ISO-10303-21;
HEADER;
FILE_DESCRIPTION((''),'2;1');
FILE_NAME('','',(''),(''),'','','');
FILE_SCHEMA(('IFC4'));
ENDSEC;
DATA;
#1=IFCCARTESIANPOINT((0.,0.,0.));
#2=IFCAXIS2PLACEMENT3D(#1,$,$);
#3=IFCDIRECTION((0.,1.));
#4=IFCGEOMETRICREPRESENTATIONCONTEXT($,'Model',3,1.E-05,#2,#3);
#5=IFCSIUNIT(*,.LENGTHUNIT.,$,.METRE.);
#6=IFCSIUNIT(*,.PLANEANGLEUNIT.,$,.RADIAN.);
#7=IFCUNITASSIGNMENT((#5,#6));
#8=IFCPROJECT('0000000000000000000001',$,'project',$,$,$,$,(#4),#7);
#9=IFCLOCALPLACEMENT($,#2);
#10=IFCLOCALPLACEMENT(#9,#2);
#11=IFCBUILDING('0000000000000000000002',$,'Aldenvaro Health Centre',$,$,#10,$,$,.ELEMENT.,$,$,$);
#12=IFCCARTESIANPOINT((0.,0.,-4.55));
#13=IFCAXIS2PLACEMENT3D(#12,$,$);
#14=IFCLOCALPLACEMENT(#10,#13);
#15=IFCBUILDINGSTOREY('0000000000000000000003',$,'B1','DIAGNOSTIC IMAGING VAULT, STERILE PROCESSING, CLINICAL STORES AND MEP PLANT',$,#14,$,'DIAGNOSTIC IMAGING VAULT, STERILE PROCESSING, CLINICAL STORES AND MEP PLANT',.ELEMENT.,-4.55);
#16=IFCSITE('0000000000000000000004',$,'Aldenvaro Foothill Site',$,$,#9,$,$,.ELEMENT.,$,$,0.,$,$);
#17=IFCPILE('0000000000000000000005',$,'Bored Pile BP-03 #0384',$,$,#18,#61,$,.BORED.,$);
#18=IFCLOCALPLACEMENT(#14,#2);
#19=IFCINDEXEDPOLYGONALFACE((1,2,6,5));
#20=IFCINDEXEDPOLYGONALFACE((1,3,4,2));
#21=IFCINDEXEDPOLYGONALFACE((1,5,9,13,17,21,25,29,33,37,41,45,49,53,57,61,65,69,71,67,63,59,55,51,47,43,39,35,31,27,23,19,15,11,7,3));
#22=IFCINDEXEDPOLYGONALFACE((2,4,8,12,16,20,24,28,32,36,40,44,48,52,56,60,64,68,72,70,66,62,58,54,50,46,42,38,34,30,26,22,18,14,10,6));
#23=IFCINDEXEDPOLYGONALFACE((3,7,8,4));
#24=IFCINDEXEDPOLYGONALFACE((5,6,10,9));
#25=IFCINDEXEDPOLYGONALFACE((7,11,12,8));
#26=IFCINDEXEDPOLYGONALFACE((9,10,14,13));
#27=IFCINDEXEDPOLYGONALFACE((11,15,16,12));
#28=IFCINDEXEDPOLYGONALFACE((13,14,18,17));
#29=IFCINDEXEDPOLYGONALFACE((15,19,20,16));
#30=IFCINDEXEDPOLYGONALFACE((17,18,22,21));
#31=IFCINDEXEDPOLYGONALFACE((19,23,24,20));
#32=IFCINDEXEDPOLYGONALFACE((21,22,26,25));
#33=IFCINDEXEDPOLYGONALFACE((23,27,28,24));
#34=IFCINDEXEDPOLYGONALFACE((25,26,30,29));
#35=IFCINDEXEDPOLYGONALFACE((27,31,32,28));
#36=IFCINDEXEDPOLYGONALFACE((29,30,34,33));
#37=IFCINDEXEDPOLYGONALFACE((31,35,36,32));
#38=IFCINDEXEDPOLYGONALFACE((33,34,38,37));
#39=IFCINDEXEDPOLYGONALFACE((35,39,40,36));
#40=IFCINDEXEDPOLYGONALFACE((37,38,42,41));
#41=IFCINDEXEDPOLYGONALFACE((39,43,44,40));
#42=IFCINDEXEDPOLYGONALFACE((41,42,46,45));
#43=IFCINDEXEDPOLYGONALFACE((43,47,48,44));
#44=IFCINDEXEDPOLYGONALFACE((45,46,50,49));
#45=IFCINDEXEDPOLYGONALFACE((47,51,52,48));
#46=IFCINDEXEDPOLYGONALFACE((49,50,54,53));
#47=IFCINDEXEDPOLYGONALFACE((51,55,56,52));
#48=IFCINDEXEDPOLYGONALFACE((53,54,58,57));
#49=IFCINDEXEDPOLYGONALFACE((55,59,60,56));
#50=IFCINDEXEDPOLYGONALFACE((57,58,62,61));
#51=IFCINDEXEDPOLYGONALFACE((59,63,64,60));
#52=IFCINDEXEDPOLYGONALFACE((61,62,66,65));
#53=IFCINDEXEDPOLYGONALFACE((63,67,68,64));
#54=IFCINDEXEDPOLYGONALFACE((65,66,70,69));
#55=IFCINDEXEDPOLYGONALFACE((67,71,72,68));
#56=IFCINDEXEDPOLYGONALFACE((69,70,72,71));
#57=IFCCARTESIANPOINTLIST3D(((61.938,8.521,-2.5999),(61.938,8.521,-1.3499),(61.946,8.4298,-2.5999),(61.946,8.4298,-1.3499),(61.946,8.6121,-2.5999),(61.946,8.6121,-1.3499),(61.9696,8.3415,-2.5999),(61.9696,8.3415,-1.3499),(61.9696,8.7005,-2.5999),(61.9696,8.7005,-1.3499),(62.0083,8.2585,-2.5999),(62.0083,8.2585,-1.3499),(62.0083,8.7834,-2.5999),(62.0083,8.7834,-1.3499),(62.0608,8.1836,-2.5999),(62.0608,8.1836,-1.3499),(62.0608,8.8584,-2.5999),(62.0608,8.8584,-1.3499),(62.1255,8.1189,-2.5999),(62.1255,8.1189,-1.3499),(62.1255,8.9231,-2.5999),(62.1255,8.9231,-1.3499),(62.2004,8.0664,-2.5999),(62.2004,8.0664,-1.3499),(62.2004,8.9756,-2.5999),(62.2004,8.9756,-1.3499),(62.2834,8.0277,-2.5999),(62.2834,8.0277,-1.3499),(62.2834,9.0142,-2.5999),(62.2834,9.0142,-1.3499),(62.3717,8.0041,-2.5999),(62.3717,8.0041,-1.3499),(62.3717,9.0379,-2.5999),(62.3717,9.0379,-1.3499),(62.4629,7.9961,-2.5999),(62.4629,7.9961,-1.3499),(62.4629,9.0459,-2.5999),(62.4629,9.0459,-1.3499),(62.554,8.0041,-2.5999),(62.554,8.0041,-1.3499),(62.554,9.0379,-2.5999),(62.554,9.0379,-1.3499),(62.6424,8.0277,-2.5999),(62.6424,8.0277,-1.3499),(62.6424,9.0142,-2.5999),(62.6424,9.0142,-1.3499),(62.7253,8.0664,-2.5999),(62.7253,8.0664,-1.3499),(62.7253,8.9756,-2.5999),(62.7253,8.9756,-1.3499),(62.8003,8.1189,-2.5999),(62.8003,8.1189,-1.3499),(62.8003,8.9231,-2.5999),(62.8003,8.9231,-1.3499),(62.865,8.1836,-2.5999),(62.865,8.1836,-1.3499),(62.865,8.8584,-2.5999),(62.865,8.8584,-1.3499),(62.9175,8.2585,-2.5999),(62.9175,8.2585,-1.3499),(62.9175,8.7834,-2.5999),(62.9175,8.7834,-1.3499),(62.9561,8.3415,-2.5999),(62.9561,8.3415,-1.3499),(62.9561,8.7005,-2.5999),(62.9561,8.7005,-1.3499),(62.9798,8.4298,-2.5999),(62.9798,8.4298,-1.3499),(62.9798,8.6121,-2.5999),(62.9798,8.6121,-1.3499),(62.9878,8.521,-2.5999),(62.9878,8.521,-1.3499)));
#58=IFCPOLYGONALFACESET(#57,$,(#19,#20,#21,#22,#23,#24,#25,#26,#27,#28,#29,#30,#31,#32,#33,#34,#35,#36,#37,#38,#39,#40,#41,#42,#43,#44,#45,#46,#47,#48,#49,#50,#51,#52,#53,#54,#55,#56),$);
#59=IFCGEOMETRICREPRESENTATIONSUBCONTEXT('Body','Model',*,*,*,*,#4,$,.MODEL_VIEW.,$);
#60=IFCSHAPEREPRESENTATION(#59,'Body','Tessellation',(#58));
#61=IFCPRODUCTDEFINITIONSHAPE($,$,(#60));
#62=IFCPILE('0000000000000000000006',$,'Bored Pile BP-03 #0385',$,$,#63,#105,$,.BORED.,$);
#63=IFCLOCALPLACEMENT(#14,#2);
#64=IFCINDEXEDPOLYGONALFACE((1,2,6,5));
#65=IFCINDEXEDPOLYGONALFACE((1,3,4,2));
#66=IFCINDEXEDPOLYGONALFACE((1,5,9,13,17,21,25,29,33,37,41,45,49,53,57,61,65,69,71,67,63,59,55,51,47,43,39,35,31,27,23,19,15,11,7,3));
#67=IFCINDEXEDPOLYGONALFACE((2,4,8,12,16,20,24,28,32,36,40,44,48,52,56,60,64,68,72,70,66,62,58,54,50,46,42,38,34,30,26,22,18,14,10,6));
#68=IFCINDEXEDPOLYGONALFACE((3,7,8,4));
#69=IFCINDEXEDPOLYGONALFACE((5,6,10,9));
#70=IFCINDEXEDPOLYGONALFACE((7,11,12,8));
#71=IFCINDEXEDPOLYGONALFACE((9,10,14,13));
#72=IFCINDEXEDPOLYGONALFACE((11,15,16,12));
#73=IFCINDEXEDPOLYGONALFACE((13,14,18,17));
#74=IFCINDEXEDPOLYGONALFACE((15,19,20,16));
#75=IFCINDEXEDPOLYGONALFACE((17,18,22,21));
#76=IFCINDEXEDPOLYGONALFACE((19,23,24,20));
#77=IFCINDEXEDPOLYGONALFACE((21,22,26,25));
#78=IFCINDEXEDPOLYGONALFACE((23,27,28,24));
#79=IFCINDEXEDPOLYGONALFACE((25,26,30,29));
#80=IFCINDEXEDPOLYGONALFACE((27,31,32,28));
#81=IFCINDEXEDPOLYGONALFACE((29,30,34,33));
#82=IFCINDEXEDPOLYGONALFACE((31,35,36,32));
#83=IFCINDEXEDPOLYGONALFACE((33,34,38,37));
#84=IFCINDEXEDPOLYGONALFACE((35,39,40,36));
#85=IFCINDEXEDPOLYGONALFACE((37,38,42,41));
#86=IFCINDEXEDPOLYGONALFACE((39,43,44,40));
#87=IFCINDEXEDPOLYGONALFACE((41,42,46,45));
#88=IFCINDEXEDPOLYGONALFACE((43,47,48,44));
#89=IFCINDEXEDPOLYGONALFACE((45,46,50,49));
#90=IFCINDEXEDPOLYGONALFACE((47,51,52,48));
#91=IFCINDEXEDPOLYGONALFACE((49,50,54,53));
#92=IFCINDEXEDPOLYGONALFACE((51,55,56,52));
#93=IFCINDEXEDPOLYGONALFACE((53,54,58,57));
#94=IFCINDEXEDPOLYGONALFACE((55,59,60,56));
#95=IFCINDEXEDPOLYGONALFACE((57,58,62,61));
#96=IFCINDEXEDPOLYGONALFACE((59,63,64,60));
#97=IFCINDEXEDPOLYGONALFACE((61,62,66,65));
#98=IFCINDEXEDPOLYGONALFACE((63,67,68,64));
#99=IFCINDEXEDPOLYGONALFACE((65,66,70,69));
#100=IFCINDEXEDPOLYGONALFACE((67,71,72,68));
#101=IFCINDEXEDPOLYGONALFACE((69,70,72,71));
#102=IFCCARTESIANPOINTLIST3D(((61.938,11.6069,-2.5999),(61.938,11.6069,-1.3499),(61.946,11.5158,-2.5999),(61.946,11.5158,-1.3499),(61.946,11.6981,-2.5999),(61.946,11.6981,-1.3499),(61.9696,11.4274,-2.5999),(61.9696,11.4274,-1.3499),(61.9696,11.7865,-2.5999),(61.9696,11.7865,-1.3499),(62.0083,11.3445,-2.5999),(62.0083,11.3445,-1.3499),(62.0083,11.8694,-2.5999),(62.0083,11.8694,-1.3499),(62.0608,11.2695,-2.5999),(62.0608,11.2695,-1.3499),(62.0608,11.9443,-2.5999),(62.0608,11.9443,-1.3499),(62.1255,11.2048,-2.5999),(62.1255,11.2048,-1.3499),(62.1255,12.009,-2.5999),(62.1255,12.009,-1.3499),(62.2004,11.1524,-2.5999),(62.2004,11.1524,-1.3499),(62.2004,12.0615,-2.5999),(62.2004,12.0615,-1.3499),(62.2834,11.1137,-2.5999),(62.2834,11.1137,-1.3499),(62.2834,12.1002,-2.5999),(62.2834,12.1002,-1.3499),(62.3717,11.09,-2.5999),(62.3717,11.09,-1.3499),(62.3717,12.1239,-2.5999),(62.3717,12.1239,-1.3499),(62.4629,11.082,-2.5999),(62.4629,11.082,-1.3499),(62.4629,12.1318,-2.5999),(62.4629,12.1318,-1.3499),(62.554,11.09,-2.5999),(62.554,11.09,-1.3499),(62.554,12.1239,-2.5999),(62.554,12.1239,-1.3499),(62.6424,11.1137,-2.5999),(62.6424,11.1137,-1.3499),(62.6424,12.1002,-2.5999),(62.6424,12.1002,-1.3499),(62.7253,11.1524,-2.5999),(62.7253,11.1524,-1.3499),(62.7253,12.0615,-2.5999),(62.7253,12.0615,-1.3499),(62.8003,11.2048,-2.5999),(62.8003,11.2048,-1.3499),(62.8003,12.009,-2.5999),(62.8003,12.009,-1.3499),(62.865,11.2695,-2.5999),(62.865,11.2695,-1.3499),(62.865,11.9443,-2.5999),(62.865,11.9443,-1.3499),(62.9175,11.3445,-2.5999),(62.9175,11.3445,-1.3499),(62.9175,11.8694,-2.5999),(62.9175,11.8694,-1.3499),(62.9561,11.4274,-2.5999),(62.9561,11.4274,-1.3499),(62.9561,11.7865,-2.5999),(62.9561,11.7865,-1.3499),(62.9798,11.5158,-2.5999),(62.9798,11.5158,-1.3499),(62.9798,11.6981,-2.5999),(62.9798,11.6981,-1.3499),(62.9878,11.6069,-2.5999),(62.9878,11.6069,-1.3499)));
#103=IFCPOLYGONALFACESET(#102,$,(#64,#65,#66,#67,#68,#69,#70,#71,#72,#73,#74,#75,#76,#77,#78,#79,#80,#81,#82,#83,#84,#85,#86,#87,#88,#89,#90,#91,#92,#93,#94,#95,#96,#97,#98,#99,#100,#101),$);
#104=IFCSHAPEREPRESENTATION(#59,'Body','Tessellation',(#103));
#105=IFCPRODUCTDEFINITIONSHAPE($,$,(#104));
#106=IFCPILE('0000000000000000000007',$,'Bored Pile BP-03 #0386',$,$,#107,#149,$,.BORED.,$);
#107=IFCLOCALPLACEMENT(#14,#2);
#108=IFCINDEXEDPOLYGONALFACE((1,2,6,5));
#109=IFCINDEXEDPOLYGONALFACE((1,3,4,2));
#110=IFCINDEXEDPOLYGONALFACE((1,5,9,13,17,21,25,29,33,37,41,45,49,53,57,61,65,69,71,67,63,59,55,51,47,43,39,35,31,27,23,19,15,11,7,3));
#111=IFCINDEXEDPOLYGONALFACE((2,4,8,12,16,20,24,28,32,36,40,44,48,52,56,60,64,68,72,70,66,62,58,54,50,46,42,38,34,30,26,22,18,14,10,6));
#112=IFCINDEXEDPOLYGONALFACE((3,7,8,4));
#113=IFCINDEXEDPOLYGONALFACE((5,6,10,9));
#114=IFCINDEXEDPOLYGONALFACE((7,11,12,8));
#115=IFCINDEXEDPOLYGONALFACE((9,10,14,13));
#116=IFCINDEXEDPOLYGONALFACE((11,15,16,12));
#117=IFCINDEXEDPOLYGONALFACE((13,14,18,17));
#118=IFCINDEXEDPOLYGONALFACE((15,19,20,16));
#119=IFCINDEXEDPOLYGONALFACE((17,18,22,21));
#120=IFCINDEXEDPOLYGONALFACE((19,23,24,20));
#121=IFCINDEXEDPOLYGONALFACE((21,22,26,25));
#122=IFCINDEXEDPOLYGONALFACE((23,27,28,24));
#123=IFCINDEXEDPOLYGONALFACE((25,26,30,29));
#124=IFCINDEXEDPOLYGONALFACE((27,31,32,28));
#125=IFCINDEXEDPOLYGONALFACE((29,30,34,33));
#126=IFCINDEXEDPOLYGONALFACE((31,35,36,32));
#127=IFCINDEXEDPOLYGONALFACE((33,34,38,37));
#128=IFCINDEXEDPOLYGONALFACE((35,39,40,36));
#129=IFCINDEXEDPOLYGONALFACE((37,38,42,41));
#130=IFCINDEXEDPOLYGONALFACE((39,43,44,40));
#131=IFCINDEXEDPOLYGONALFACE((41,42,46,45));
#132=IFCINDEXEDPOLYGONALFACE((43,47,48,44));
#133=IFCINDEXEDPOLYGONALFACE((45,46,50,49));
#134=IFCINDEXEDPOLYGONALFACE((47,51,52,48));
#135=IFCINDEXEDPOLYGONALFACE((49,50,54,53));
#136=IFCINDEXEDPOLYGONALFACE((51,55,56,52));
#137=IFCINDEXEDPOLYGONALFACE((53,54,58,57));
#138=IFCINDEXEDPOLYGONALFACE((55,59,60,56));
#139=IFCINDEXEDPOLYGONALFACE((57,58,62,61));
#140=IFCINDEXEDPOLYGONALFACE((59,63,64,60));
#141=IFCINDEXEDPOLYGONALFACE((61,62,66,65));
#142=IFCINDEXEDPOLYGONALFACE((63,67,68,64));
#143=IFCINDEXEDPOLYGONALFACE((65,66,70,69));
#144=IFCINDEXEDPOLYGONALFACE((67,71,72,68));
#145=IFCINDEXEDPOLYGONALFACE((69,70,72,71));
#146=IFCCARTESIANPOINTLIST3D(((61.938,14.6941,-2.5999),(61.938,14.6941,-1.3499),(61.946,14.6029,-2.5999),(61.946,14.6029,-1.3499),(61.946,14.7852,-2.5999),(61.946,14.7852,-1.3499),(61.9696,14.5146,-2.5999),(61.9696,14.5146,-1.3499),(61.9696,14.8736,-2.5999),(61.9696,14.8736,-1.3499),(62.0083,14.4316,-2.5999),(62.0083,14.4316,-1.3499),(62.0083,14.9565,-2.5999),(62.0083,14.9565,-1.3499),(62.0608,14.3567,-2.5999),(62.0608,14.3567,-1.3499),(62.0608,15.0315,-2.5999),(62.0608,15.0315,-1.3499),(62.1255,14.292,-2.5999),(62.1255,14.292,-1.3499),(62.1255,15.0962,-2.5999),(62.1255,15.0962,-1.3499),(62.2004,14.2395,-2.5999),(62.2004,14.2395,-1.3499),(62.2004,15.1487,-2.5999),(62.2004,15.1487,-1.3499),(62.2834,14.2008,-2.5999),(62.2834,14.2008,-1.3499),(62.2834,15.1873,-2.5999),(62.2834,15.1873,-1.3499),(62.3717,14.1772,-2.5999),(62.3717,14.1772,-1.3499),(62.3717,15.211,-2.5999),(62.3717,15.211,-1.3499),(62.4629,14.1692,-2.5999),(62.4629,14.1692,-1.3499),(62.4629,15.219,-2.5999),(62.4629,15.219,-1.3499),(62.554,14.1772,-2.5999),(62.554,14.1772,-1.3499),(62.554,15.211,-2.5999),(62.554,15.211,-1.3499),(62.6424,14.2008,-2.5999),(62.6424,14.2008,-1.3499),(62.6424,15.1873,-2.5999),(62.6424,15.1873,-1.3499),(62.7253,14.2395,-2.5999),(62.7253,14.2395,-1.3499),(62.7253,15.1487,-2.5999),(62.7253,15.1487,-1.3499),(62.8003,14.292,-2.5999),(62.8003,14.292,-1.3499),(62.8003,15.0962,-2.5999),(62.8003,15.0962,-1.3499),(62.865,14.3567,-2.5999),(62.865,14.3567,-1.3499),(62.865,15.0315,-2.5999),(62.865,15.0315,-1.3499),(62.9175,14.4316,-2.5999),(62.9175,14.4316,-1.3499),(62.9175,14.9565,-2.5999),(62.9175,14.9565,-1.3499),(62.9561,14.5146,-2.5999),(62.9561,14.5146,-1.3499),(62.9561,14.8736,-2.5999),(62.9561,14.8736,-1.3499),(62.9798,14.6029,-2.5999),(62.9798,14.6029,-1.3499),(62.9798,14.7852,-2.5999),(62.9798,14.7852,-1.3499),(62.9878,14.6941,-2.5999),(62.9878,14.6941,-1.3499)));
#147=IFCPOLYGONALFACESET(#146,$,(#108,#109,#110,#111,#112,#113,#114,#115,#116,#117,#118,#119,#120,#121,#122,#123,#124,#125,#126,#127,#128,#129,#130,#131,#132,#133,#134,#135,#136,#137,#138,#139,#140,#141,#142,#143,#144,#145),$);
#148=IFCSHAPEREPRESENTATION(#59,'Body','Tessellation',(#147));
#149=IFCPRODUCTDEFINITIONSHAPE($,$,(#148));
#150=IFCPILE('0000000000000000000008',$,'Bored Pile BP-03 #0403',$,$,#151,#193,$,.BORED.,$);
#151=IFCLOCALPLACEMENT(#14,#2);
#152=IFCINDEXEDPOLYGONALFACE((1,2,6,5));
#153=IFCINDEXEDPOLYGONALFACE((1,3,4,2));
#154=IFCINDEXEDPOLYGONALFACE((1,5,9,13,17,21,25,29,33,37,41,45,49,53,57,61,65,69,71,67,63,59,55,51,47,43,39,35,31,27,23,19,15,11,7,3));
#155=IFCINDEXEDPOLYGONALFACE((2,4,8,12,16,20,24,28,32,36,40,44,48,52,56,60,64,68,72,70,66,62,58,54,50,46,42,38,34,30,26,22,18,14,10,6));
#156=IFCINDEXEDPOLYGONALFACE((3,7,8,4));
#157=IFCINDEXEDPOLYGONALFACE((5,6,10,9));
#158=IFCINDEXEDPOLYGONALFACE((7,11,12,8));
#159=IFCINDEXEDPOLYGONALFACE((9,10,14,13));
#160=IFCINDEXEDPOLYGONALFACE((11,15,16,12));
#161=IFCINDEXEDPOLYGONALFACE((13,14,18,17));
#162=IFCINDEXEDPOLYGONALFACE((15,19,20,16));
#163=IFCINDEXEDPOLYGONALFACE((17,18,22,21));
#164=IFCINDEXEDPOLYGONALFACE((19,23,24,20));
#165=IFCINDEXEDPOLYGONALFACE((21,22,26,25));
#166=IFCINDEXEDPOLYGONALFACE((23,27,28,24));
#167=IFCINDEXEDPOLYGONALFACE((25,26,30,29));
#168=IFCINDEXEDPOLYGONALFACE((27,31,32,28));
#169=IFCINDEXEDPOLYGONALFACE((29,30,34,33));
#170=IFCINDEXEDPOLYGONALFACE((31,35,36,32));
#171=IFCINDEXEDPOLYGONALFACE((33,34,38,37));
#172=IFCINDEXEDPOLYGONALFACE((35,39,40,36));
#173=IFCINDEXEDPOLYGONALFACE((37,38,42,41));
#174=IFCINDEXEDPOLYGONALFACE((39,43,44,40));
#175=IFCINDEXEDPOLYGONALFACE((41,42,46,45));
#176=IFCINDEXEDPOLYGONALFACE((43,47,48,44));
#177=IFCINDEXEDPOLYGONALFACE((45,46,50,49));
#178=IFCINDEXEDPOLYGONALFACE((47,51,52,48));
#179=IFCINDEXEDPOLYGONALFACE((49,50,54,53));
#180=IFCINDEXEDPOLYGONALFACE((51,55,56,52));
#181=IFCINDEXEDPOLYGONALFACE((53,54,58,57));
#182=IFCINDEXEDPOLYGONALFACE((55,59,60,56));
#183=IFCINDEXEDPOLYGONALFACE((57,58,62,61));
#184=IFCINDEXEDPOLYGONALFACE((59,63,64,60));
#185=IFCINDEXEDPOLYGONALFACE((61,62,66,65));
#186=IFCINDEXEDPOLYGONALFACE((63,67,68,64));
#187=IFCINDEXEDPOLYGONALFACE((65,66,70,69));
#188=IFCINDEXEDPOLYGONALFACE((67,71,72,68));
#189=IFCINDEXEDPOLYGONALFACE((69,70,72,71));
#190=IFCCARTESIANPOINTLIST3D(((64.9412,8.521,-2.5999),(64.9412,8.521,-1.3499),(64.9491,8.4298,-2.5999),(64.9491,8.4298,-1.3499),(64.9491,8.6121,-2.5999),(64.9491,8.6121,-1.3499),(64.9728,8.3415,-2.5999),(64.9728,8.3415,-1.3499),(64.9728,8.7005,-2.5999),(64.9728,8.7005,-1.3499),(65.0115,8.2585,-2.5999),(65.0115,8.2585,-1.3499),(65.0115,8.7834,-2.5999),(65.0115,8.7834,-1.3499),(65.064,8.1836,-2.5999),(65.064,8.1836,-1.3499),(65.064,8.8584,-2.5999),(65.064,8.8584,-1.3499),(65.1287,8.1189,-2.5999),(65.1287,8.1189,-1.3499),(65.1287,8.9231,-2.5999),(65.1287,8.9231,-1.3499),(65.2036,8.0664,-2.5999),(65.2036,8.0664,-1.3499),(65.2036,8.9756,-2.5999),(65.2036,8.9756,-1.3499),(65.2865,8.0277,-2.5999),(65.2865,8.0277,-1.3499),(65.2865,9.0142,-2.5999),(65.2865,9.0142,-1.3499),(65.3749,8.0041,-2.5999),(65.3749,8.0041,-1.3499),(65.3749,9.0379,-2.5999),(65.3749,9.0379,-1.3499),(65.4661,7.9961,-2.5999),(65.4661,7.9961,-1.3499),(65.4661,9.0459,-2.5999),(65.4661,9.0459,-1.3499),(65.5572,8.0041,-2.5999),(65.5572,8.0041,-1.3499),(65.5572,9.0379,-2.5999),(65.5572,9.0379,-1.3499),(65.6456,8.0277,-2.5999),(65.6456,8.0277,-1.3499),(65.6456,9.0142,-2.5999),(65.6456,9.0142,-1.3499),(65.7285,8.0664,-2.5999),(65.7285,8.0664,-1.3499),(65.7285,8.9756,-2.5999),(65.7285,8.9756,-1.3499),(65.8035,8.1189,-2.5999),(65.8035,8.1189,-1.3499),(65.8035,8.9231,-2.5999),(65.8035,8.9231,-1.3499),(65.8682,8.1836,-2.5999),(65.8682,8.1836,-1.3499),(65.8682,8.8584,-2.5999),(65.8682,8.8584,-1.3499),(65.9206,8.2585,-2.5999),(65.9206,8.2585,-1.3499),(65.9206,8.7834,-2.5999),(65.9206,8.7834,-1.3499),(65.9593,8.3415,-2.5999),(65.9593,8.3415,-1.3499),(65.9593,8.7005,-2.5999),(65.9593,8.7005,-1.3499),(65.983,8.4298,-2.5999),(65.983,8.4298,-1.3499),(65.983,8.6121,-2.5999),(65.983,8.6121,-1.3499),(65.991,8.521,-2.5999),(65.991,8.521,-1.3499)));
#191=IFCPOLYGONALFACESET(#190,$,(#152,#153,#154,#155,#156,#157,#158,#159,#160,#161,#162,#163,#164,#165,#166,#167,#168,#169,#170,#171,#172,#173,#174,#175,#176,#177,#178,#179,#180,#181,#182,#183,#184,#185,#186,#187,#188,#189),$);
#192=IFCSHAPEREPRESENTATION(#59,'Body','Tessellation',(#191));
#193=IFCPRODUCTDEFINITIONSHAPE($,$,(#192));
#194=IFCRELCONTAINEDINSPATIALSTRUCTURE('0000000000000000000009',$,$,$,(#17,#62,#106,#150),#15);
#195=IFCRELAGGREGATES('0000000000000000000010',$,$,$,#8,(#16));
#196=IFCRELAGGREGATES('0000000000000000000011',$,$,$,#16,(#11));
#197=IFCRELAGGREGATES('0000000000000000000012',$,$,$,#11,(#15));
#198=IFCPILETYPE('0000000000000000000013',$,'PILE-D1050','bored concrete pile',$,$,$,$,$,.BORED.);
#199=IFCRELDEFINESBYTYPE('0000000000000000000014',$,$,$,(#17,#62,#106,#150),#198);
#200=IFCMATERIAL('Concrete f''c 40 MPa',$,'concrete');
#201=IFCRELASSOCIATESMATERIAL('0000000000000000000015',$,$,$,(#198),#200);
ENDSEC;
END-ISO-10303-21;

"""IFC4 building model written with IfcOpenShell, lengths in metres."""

from ifc_helpers import new_model, si_unit, direction, frame, origin, origin_2d, place, context, subcontext, project, spatial, circle, extrude, material, material_profile, profile_set, type_object, element, save


model = new_model("IFC4")

# Units and contexts
model_context = context("Model", 3, precision=1e-05, world=origin(), true_north=direction((0.0, 1.0)))
body_context = subcontext(model_context, "Body", "Model", "MODEL_VIEW")
ifc_project = project(units=[si_unit("LENGTHUNIT", "METRE"), si_unit("PLANEANGLEUNIT", "RADIAN")], contexts=[model_context])

# Site, building, storey
site_placement = place(None, origin())
site = spatial("IfcSite", under=ifc_project, at=site_placement, Name="Aldenvaro Foothill Site", CompositionType="ELEMENT", RefElevation=0.0)
building_placement = place(site_placement, origin())
building = spatial("IfcBuilding", under=site, at=building_placement, Name="Aldenvaro Health Centre", CompositionType="ELEMENT")
storey_placement = place(building_placement, frame((0.0, 0.0, -4.55)))
storey = spatial("IfcBuildingStorey", under=building, at=storey_placement, Name="B1", Description="DIAGNOSTIC IMAGING VAULT, STERILE PROCESSING, CLINICAL STORES AND MEP PLANT", LongName="DIAGNOSTIC IMAGING VAULT, STERILE PROCESSING, CLINICAL STORES AND MEP PLANT", CompositionType="ELEMENT", Elevation=-4.55)

# Piles
ifc_material_1 = material(Name="Concrete f'c 40 MPa", Category="concrete")
ifc_material_profile_1 = material_profile(ifc_material_1, circle(Radius=0.5249, at=origin_2d()), Name="PILE D1050", Category="concrete")
ifc_profile_set_1 = profile_set([ifc_material_profile_1], Name="Concrete f'c 40 MPa")
pile_type = type_object("IfcPileType", Name="PILE-D1050", Description="bored concrete pile", PredefinedType="BORED", material=ifc_profile_set_1)
for number, where, z_axis, x_axis, name in (
    (1, (62.4629, 8.521, -1.3499), (0.0, 0.0, -1.0), (1.0, 0.0, 0.0), "Bored Pile BP-03 #0384"),
    (2, (62.4629, 11.6069, -1.3499), (0.0, 0.0, -1.0), (1.0, 0.0, 0.0), "Bored Pile BP-03 #0385"),
    (3, (62.4629, 14.6941, -1.3499), (0.0, 0.0, -1.0), (1.0, 0.0, 0.0), "Bored Pile BP-03 #0386"),
    (4, (65.4661, 8.521, -1.3499), (0.0, 0.0, -1.0), (1.0, 0.0, 0.0), "Bored Pile BP-03 #0403"),
):
    element("IfcPile", number, at=place(storey_placement, frame(where, z_axis=z_axis, x_axis=x_axis)), inside=storey, type_object=pile_type, Name=name, PredefinedType="BORED", context=body_context, shape_type="SweptSolid", body=[
        extrude(circle(Radius=0.5249, at=origin_2d()), origin(), (0.0, 0.0, 1.0), 1.25),
    ])

save(model, "model.ifc")
